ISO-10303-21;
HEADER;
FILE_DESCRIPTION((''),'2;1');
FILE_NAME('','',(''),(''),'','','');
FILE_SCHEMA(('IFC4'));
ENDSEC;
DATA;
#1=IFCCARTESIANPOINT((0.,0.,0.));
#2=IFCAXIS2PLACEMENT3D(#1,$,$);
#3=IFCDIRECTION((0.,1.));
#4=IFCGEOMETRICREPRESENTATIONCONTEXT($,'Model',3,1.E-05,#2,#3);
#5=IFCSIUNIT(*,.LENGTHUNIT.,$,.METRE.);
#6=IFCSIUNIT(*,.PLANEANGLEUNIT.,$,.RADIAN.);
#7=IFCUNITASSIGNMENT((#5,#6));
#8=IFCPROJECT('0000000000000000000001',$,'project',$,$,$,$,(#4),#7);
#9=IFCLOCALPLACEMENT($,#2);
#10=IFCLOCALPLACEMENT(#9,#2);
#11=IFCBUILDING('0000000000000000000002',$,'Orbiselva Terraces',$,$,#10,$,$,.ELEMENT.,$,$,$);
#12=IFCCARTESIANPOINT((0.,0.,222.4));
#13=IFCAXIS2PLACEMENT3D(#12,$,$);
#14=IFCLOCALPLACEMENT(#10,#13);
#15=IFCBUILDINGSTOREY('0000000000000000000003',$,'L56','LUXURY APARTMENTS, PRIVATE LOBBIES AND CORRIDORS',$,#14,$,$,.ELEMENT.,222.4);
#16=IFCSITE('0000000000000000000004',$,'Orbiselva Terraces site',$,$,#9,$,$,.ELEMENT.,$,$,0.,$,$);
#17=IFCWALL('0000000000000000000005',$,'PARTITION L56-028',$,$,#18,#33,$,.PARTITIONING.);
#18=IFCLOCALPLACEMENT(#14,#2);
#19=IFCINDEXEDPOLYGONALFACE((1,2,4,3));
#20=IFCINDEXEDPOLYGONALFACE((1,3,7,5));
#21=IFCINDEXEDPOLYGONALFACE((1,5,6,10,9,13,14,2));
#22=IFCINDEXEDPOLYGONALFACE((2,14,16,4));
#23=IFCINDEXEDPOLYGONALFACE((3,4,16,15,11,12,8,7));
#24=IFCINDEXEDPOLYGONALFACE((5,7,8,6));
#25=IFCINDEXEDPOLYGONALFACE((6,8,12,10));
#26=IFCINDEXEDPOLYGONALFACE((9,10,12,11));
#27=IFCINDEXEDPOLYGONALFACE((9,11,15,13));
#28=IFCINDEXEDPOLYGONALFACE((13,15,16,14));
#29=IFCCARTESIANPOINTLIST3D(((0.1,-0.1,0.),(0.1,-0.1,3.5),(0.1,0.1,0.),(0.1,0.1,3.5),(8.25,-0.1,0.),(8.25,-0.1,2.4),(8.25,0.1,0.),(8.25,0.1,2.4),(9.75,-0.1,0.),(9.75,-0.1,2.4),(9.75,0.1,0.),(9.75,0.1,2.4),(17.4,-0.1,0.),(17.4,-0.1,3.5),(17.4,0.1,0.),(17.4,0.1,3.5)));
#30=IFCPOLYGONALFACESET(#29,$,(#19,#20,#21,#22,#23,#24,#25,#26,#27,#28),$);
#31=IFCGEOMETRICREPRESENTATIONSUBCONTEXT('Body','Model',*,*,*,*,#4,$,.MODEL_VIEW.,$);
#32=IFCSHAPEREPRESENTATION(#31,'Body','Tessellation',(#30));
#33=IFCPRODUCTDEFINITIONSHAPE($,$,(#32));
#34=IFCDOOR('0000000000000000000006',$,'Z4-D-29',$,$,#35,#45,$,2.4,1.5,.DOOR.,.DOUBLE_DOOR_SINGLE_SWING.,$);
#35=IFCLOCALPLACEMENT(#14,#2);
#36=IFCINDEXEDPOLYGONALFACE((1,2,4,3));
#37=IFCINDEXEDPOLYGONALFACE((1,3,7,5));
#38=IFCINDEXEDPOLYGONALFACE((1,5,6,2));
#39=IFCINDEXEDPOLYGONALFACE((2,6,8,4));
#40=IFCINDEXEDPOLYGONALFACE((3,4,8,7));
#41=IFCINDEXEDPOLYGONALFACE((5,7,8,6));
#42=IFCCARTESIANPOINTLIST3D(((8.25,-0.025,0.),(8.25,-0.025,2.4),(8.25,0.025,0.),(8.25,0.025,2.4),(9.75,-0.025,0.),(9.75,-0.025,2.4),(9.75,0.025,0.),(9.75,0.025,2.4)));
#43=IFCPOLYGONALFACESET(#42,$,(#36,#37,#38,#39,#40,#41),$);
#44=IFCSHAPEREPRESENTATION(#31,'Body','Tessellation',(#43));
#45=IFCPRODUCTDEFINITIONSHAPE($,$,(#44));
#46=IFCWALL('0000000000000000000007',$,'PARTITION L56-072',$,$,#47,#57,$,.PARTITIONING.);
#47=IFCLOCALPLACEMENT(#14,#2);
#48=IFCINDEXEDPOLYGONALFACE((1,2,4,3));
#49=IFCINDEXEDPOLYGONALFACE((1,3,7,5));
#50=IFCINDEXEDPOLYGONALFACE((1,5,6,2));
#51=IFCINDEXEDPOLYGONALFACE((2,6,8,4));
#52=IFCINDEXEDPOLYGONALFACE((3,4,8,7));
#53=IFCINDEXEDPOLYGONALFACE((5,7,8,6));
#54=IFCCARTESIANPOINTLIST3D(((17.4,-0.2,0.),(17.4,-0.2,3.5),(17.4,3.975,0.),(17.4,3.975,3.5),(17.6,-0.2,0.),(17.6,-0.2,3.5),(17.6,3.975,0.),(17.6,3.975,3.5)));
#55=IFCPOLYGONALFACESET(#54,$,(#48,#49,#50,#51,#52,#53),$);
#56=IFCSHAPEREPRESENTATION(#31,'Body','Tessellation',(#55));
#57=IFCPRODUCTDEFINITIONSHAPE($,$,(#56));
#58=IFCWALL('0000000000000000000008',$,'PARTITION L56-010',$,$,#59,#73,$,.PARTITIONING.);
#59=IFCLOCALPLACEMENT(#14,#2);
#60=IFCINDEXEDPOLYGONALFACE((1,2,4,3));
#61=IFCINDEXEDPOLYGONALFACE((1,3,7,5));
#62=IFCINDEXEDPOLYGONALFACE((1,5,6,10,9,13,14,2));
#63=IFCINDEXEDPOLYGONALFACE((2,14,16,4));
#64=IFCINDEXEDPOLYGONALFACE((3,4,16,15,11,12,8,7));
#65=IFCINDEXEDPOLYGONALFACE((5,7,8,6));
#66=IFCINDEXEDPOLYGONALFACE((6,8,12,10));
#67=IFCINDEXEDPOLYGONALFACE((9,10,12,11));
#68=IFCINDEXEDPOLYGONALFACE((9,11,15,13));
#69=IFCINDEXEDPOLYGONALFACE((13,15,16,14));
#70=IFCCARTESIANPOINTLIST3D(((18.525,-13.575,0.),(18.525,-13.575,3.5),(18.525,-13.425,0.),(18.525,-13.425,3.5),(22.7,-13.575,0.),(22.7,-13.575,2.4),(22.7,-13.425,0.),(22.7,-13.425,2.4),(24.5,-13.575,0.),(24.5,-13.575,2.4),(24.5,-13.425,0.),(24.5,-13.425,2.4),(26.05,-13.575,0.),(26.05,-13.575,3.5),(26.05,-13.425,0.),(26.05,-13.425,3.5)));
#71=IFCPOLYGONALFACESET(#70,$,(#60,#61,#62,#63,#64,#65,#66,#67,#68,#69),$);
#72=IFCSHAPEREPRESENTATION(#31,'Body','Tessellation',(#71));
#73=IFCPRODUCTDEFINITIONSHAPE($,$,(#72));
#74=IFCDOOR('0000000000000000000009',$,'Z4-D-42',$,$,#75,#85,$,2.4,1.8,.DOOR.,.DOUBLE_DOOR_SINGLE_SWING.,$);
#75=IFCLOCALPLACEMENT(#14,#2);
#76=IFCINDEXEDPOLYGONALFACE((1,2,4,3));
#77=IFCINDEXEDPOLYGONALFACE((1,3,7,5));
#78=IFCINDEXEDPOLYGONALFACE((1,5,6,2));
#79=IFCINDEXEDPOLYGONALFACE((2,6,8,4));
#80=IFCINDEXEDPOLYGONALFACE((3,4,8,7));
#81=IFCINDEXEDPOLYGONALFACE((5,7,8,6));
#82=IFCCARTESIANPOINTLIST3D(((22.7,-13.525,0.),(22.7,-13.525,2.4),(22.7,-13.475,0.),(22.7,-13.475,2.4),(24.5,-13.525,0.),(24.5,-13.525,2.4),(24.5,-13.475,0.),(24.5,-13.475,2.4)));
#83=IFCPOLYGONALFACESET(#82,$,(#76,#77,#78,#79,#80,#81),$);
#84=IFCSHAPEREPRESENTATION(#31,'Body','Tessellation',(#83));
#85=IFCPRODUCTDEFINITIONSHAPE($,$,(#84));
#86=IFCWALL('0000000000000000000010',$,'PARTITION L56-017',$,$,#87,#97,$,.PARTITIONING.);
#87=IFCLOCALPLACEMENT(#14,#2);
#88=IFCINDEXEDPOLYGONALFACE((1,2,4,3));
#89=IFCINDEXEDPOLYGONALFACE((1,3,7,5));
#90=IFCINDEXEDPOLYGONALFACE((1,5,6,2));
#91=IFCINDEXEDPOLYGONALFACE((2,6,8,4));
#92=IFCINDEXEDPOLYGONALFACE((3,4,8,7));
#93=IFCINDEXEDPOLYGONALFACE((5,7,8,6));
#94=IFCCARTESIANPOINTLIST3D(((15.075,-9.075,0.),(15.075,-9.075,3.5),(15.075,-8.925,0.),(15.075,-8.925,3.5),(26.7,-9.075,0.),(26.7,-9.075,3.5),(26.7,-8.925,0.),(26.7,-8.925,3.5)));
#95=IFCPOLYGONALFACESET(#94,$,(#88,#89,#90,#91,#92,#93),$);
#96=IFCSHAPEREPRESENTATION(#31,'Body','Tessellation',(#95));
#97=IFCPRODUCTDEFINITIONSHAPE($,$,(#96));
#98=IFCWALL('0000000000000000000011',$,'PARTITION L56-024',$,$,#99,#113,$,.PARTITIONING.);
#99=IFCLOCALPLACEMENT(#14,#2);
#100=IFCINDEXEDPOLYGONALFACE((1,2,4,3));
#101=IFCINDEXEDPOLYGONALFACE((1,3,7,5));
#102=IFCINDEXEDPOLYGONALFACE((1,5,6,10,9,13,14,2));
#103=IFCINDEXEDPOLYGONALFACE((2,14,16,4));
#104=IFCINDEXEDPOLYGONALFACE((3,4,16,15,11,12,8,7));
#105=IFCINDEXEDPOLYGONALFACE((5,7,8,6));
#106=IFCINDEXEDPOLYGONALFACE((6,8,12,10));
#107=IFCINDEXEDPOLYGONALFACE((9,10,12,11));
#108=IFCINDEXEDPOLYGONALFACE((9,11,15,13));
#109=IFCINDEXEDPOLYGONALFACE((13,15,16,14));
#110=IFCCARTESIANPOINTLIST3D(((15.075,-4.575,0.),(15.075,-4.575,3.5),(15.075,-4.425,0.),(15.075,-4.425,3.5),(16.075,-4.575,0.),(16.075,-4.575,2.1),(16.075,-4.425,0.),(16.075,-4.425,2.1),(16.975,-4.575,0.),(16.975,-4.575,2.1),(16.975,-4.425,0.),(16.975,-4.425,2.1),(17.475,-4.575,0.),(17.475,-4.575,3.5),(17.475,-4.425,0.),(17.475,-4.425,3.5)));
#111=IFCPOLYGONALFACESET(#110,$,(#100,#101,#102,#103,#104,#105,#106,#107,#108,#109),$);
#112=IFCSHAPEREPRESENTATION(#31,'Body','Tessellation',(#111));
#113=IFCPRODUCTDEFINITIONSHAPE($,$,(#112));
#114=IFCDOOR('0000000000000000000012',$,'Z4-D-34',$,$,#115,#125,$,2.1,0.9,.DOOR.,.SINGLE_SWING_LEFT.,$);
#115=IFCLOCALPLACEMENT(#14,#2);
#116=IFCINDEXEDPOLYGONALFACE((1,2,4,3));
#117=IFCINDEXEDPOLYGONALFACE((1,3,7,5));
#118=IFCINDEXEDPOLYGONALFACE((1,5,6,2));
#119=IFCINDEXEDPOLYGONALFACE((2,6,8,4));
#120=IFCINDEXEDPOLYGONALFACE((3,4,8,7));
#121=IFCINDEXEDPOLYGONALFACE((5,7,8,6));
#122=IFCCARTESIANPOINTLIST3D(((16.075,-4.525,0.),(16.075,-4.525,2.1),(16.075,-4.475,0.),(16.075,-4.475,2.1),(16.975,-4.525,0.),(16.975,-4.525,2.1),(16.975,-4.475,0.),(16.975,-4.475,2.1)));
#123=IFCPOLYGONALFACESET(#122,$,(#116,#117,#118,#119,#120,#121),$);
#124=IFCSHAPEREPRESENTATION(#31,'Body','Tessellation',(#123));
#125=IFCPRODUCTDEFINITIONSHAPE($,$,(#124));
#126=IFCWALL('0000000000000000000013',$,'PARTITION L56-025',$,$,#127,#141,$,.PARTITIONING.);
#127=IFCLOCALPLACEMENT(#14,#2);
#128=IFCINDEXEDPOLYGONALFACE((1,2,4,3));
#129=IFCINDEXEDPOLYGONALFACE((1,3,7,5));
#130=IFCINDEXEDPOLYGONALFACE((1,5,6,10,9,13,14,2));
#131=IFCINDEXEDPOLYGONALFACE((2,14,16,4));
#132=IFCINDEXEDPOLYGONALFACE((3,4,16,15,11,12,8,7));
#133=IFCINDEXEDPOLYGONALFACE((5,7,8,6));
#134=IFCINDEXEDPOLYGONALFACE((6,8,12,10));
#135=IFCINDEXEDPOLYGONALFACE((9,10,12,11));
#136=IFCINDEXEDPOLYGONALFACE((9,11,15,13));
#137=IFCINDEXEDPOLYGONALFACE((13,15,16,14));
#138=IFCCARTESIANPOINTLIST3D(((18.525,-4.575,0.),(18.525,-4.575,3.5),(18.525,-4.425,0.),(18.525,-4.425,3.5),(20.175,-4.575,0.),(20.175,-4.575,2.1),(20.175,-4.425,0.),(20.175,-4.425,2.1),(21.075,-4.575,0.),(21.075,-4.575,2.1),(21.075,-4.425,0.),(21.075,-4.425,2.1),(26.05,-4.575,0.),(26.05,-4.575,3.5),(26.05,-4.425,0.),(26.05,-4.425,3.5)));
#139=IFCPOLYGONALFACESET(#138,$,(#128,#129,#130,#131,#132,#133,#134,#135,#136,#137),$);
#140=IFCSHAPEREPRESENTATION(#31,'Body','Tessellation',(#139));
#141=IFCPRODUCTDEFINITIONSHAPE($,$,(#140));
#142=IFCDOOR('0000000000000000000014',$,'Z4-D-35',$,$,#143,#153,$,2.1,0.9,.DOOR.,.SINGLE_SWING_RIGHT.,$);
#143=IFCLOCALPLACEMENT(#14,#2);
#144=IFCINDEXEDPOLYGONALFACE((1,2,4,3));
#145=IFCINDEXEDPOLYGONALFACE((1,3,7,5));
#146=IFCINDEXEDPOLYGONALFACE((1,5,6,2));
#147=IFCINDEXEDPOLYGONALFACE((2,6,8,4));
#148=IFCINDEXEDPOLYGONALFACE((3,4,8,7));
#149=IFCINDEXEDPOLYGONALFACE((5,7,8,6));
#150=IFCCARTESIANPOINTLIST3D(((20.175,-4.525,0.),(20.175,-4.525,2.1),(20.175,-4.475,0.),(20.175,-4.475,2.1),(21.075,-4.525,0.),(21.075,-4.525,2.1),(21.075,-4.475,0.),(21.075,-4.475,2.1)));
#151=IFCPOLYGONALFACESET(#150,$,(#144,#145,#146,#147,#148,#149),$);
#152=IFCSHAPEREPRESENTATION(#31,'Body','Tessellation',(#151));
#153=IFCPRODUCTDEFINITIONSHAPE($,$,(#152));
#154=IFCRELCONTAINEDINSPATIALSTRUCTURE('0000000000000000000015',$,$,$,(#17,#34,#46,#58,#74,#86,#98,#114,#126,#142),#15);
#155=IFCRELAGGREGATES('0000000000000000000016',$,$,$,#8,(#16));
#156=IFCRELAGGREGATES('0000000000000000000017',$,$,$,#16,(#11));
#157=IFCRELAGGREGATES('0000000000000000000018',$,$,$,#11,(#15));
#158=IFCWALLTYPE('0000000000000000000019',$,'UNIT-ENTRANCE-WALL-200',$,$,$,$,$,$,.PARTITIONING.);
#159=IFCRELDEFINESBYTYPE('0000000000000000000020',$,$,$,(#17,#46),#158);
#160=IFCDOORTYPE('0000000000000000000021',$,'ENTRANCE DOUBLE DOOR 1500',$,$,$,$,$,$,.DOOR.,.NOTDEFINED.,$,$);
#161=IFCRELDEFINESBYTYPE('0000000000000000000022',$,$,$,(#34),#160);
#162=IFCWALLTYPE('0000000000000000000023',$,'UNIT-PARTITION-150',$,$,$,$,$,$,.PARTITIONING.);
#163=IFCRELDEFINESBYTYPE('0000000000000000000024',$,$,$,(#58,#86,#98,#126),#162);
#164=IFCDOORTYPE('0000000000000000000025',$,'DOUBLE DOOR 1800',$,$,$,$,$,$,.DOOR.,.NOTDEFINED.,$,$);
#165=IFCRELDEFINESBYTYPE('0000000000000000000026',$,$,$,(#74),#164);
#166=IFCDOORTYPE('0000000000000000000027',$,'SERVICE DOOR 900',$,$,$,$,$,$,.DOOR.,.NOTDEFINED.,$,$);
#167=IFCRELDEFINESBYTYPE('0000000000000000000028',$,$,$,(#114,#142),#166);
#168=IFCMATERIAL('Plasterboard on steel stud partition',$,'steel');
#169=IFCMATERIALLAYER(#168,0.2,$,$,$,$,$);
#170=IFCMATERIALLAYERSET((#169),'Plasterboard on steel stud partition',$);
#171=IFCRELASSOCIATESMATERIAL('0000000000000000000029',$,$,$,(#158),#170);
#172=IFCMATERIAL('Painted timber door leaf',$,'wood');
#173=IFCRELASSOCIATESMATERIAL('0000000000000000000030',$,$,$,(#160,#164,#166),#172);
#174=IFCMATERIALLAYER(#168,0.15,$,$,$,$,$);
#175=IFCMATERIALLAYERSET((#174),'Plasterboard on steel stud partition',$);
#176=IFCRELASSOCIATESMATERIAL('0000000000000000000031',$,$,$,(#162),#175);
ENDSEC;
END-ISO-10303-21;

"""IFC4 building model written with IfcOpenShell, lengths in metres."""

from ifc_helpers import new_model, si_unit, direction, frame, frame_2d, origin, place, context, subcontext, project, spatial, rectangle, extrude, material, layer, layer_set, type_object, element, fill, save


model = new_model("IFC4")

# Units and contexts
model_context = context("Model", 3, precision=1e-05, world=origin(), true_north=direction((0.0, 1.0)))
body_context = subcontext(model_context, "Body", "Model", "MODEL_VIEW")
ifc_project = project(units=[si_unit("LENGTHUNIT", "METRE"), si_unit("PLANEANGLEUNIT", "RADIAN")], contexts=[model_context])

# Site, building, storey
site_placement = place(None, origin())
site = spatial("IfcSite", under=ifc_project, at=site_placement, Name="Orbiselva Terraces site", CompositionType="ELEMENT", RefElevation=0.0)
building_placement = place(site_placement, origin())
building = spatial("IfcBuilding", under=site, at=building_placement, Name="Orbiselva Terraces", CompositionType="ELEMENT")
storey_placement = place(building_placement, frame((0.0, 0.0, 222.4)))
storey = spatial("IfcBuildingStorey", under=building, at=storey_placement, Name="L56", Description="LUXURY APARTMENTS, PRIVATE LOBBIES AND CORRIDORS", CompositionType="ELEMENT", Elevation=222.4)

# Wall, opening, door
ifc_material_1 = material(Name="Plasterboard on steel stud partition", Category="steel")
ifc_layer_1 = layer(ifc_material_1, 0.2)
ifc_layer_set_1 = layer_set([ifc_layer_1], Name="Plasterboard on steel stud partition")
wall_type_1 = type_object("IfcWallType", Name="UNIT-ENTRANCE-WALL-200", PredefinedType="PARTITIONING", material=ifc_layer_set_1)
wall_1_placement = place(storey_placement, frame((17.4, 0.0, 0.0), z_axis=(0.0, 0.0, 1.0), x_axis=(-1.0, 0.0, 0.0)))
wall_1 = element("IfcWall", 1, at=wall_1_placement, inside=storey, type_object=wall_type_1, Name="PARTITION L56-028", PredefinedType="PARTITIONING", context=body_context, shape_type="SweptSolid", body=[
    extrude(rectangle(XDim=17.3, YDim=0.2, at=frame_2d((8.65, 0.0))), origin(), (0.0, 0.0, 1.0), 3.5),
])
opening_1_placement = place(wall_1_placement, frame((7.65, 0.0, 0.0)))
opening_1 = element("IfcOpeningElement", 2, at=opening_1_placement, cuts=wall_1, PredefinedType="OPENING", context=body_context, shape_type="SweptSolid", body=[
    extrude(rectangle(XDim=1.5, YDim=2.4, at=frame_2d((0.75, 1.2))), frame((0.0, 0.11, 0.0), z_axis=(0.0, -1.0, 0.0), x_axis=(1.0, 0.0, 0.0)), (0.0, 0.0, 1.0), 0.22),
])
ifc_material_2 = material(Name="Painted timber door leaf", Category="wood")
door_type_1 = type_object("IfcDoorType", Name="ENTRANCE DOUBLE DOOR 1500", OperationType="NOTDEFINED", PredefinedType="DOOR", material=ifc_material_2)
door_1_placement = place(opening_1_placement, origin())
door_1 = element("IfcDoor", 3, at=door_1_placement, inside=storey, type_object=door_type_1, Name="Z4-D-29", OperationType="DOUBLE_DOOR_SINGLE_SWING", OverallHeight=2.4, OverallWidth=1.5, PredefinedType="DOOR", context=body_context, shape_type="SweptSolid", body=[
    extrude(rectangle(XDim=1.5, YDim=2.4, at=frame_2d((0.75, 1.2))), frame((0.0, 0.025, 0.0), z_axis=(0.0, -1.0, 0.0), x_axis=(1.0, 0.0, 0.0)), (0.0, 0.0, 1.0), 0.05),
])
fill(opening_1, door_1)

# Wall
wall_2_placement = place(storey_placement, frame((17.5, -0.2, 0.0), z_axis=(0.0, 0.0, 1.0), x_axis=(0.0, 1.0, 0.0)))
element("IfcWall", 4, at=wall_2_placement, inside=storey, type_object=wall_type_1, Name="PARTITION L56-072", PredefinedType="PARTITIONING", context=body_context, shape_type="SweptSolid", body=[
    extrude(rectangle(XDim=4.175, YDim=0.2, at=frame_2d((2.0875, 0.0))), origin(), (0.0, 0.0, 1.0), 3.5),
])

# Wall, opening, door
ifc_layer_2 = layer(ifc_material_1, 0.15)
ifc_layer_set_2 = layer_set([ifc_layer_2], Name="Plasterboard on steel stud partition")
wall_type_2 = type_object("IfcWallType", Name="UNIT-PARTITION-150", PredefinedType="PARTITIONING", material=ifc_layer_set_2)
wall_3_placement = place(storey_placement, frame((26.05, -13.5, 0.0), z_axis=(0.0, 0.0, 1.0), x_axis=(-1.0, 0.0, 0.0)))
wall_3 = element("IfcWall", 5, at=wall_3_placement, inside=storey, type_object=wall_type_2, Name="PARTITION L56-010", PredefinedType="PARTITIONING", context=body_context, shape_type="SweptSolid", body=[
    extrude(rectangle(XDim=7.525, YDim=0.15, at=frame_2d((3.7625, 0.0))), origin(), (0.0, 0.0, 1.0), 3.5),
])
opening_2_placement = place(wall_3_placement, frame((1.55, 0.0, 0.0)))
opening_2 = element("IfcOpeningElement", 6, at=opening_2_placement, cuts=wall_3, PredefinedType="OPENING", context=body_context, shape_type="SweptSolid", body=[
    extrude(rectangle(XDim=1.8, YDim=2.4, at=frame_2d((0.9, 1.2))), frame((0.0, 0.085, 0.0), z_axis=(0.0, -1.0, 0.0), x_axis=(1.0, 0.0, 0.0)), (0.0, 0.0, 1.0), 0.17),
])
door_type_2 = type_object("IfcDoorType", Name="DOUBLE DOOR 1800", OperationType="NOTDEFINED", PredefinedType="DOOR", material=ifc_material_2)
door_2_placement = place(opening_2_placement, origin())
door_2 = element("IfcDoor", 7, at=door_2_placement, inside=storey, type_object=door_type_2, Name="Z4-D-42", OperationType="DOUBLE_DOOR_SINGLE_SWING", OverallHeight=2.4, OverallWidth=1.8, PredefinedType="DOOR", context=body_context, shape_type="SweptSolid", body=[
    extrude(rectangle(XDim=1.8, YDim=2.4, at=frame_2d((0.9, 1.2))), frame((0.0, 0.025, 0.0), z_axis=(0.0, -1.0, 0.0), x_axis=(1.0, 0.0, 0.0)), (0.0, 0.0, 1.0), 0.05),
])
fill(opening_2, door_2)

# Wall
wall_4_placement = place(storey_placement, frame((15.075, -9.0, 0.0), z_axis=(0.0, 0.0, 1.0), x_axis=(1.0, 0.0, 0.0)))
element("IfcWall", 8, at=wall_4_placement, inside=storey, type_object=wall_type_2, Name="PARTITION L56-017", PredefinedType="PARTITIONING", context=body_context, shape_type="SweptSolid", body=[
    extrude(rectangle(XDim=11.625, YDim=0.15, at=frame_2d((5.8125, 0.0))), origin(), (0.0, 0.0, 1.0), 3.5),
])

# Walls, openings, doors
wall_5_placement = place(storey_placement, frame((17.475, -4.5, 0.0), z_axis=(0.0, 0.0, 1.0), x_axis=(-1.0, 0.0, 0.0)))
wall_5 = element("IfcWall", 9, at=wall_5_placement, inside=storey, type_object=wall_type_2, Name="PARTITION L56-024", PredefinedType="PARTITIONING", context=body_context, shape_type="SweptSolid", body=[
    extrude(rectangle(XDim=2.4, YDim=0.15, at=frame_2d((1.2, 0.0))), origin(), (0.0, 0.0, 1.0), 3.5),
])
opening_3_placement = place(wall_5_placement, frame((0.5, 0.0, 0.0)))
opening_3 = element("IfcOpeningElement", 10, at=opening_3_placement, cuts=wall_5, PredefinedType="OPENING", context=body_context, shape_type="SweptSolid", body=[
    extrude(rectangle(XDim=0.9, YDim=2.1, at=frame_2d((0.45, 1.05))), frame((0.0, 0.085, 0.0), z_axis=(0.0, -1.0, 0.0), x_axis=(1.0, 0.0, 0.0)), (0.0, 0.0, 1.0), 0.17),
])
door_type_3 = type_object("IfcDoorType", Name="SERVICE DOOR 900", OperationType="NOTDEFINED", PredefinedType="DOOR", material=ifc_material_2)
door_3_placement = place(opening_3_placement, origin())
door_3 = element("IfcDoor", 11, at=door_3_placement, inside=storey, type_object=door_type_3, Name="Z4-D-34", OperationType="SINGLE_SWING_LEFT", OverallHeight=2.1, OverallWidth=0.9, PredefinedType="DOOR", context=body_context, shape_type="SweptSolid", body=[
    extrude(rectangle(XDim=0.9, YDim=2.1, at=frame_2d((0.45, 1.05))), frame((0.0, 0.025, 0.0), z_axis=(0.0, -1.0, 0.0), x_axis=(1.0, 0.0, 0.0)), (0.0, 0.0, 1.0), 0.05),
])
fill(opening_3, door_3)
wall_6_placement = place(storey_placement, frame((26.05, -4.5, 0.0), z_axis=(0.0, 0.0, 1.0), x_axis=(-1.0, 0.0, 0.0)))
wall_6 = element("IfcWall", 12, at=wall_6_placement, inside=storey, type_object=wall_type_2, Name="PARTITION L56-025", PredefinedType="PARTITIONING", context=body_context, shape_type="SweptSolid", body=[
    extrude(rectangle(XDim=7.525, YDim=0.15, at=frame_2d((3.7625, 0.0))), origin(), (0.0, 0.0, 1.0), 3.5),
])
opening_4_placement = place(wall_6_placement, frame((4.975, 0.0, 0.0)))
opening_4 = element("IfcOpeningElement", 13, at=opening_4_placement, cuts=wall_6, PredefinedType="OPENING", context=body_context, shape_type="SweptSolid", body=[
    extrude(rectangle(XDim=0.9, YDim=2.1, at=frame_2d((0.45, 1.05))), frame((0.0, 0.085, 0.0), z_axis=(0.0, -1.0, 0.0), x_axis=(1.0, 0.0, 0.0)), (0.0, 0.0, 1.0), 0.17),
])
door_4_placement = place(opening_4_placement, origin())
door_4 = element("IfcDoor", 14, at=door_4_placement, inside=storey, type_object=door_type_3, Name="Z4-D-35", OperationType="SINGLE_SWING_RIGHT", OverallHeight=2.1, OverallWidth=0.9, PredefinedType="DOOR", context=body_context, shape_type="SweptSolid", body=[
    extrude(rectangle(XDim=0.9, YDim=2.1, at=frame_2d((0.45, 1.05))), frame((0.0, 0.025, 0.0), z_axis=(0.0, -1.0, 0.0), x_axis=(1.0, 0.0, 0.0)), (0.0, 0.0, 1.0), 0.05),
])
fill(opening_4, door_4)

save(model, "model.ifc")
